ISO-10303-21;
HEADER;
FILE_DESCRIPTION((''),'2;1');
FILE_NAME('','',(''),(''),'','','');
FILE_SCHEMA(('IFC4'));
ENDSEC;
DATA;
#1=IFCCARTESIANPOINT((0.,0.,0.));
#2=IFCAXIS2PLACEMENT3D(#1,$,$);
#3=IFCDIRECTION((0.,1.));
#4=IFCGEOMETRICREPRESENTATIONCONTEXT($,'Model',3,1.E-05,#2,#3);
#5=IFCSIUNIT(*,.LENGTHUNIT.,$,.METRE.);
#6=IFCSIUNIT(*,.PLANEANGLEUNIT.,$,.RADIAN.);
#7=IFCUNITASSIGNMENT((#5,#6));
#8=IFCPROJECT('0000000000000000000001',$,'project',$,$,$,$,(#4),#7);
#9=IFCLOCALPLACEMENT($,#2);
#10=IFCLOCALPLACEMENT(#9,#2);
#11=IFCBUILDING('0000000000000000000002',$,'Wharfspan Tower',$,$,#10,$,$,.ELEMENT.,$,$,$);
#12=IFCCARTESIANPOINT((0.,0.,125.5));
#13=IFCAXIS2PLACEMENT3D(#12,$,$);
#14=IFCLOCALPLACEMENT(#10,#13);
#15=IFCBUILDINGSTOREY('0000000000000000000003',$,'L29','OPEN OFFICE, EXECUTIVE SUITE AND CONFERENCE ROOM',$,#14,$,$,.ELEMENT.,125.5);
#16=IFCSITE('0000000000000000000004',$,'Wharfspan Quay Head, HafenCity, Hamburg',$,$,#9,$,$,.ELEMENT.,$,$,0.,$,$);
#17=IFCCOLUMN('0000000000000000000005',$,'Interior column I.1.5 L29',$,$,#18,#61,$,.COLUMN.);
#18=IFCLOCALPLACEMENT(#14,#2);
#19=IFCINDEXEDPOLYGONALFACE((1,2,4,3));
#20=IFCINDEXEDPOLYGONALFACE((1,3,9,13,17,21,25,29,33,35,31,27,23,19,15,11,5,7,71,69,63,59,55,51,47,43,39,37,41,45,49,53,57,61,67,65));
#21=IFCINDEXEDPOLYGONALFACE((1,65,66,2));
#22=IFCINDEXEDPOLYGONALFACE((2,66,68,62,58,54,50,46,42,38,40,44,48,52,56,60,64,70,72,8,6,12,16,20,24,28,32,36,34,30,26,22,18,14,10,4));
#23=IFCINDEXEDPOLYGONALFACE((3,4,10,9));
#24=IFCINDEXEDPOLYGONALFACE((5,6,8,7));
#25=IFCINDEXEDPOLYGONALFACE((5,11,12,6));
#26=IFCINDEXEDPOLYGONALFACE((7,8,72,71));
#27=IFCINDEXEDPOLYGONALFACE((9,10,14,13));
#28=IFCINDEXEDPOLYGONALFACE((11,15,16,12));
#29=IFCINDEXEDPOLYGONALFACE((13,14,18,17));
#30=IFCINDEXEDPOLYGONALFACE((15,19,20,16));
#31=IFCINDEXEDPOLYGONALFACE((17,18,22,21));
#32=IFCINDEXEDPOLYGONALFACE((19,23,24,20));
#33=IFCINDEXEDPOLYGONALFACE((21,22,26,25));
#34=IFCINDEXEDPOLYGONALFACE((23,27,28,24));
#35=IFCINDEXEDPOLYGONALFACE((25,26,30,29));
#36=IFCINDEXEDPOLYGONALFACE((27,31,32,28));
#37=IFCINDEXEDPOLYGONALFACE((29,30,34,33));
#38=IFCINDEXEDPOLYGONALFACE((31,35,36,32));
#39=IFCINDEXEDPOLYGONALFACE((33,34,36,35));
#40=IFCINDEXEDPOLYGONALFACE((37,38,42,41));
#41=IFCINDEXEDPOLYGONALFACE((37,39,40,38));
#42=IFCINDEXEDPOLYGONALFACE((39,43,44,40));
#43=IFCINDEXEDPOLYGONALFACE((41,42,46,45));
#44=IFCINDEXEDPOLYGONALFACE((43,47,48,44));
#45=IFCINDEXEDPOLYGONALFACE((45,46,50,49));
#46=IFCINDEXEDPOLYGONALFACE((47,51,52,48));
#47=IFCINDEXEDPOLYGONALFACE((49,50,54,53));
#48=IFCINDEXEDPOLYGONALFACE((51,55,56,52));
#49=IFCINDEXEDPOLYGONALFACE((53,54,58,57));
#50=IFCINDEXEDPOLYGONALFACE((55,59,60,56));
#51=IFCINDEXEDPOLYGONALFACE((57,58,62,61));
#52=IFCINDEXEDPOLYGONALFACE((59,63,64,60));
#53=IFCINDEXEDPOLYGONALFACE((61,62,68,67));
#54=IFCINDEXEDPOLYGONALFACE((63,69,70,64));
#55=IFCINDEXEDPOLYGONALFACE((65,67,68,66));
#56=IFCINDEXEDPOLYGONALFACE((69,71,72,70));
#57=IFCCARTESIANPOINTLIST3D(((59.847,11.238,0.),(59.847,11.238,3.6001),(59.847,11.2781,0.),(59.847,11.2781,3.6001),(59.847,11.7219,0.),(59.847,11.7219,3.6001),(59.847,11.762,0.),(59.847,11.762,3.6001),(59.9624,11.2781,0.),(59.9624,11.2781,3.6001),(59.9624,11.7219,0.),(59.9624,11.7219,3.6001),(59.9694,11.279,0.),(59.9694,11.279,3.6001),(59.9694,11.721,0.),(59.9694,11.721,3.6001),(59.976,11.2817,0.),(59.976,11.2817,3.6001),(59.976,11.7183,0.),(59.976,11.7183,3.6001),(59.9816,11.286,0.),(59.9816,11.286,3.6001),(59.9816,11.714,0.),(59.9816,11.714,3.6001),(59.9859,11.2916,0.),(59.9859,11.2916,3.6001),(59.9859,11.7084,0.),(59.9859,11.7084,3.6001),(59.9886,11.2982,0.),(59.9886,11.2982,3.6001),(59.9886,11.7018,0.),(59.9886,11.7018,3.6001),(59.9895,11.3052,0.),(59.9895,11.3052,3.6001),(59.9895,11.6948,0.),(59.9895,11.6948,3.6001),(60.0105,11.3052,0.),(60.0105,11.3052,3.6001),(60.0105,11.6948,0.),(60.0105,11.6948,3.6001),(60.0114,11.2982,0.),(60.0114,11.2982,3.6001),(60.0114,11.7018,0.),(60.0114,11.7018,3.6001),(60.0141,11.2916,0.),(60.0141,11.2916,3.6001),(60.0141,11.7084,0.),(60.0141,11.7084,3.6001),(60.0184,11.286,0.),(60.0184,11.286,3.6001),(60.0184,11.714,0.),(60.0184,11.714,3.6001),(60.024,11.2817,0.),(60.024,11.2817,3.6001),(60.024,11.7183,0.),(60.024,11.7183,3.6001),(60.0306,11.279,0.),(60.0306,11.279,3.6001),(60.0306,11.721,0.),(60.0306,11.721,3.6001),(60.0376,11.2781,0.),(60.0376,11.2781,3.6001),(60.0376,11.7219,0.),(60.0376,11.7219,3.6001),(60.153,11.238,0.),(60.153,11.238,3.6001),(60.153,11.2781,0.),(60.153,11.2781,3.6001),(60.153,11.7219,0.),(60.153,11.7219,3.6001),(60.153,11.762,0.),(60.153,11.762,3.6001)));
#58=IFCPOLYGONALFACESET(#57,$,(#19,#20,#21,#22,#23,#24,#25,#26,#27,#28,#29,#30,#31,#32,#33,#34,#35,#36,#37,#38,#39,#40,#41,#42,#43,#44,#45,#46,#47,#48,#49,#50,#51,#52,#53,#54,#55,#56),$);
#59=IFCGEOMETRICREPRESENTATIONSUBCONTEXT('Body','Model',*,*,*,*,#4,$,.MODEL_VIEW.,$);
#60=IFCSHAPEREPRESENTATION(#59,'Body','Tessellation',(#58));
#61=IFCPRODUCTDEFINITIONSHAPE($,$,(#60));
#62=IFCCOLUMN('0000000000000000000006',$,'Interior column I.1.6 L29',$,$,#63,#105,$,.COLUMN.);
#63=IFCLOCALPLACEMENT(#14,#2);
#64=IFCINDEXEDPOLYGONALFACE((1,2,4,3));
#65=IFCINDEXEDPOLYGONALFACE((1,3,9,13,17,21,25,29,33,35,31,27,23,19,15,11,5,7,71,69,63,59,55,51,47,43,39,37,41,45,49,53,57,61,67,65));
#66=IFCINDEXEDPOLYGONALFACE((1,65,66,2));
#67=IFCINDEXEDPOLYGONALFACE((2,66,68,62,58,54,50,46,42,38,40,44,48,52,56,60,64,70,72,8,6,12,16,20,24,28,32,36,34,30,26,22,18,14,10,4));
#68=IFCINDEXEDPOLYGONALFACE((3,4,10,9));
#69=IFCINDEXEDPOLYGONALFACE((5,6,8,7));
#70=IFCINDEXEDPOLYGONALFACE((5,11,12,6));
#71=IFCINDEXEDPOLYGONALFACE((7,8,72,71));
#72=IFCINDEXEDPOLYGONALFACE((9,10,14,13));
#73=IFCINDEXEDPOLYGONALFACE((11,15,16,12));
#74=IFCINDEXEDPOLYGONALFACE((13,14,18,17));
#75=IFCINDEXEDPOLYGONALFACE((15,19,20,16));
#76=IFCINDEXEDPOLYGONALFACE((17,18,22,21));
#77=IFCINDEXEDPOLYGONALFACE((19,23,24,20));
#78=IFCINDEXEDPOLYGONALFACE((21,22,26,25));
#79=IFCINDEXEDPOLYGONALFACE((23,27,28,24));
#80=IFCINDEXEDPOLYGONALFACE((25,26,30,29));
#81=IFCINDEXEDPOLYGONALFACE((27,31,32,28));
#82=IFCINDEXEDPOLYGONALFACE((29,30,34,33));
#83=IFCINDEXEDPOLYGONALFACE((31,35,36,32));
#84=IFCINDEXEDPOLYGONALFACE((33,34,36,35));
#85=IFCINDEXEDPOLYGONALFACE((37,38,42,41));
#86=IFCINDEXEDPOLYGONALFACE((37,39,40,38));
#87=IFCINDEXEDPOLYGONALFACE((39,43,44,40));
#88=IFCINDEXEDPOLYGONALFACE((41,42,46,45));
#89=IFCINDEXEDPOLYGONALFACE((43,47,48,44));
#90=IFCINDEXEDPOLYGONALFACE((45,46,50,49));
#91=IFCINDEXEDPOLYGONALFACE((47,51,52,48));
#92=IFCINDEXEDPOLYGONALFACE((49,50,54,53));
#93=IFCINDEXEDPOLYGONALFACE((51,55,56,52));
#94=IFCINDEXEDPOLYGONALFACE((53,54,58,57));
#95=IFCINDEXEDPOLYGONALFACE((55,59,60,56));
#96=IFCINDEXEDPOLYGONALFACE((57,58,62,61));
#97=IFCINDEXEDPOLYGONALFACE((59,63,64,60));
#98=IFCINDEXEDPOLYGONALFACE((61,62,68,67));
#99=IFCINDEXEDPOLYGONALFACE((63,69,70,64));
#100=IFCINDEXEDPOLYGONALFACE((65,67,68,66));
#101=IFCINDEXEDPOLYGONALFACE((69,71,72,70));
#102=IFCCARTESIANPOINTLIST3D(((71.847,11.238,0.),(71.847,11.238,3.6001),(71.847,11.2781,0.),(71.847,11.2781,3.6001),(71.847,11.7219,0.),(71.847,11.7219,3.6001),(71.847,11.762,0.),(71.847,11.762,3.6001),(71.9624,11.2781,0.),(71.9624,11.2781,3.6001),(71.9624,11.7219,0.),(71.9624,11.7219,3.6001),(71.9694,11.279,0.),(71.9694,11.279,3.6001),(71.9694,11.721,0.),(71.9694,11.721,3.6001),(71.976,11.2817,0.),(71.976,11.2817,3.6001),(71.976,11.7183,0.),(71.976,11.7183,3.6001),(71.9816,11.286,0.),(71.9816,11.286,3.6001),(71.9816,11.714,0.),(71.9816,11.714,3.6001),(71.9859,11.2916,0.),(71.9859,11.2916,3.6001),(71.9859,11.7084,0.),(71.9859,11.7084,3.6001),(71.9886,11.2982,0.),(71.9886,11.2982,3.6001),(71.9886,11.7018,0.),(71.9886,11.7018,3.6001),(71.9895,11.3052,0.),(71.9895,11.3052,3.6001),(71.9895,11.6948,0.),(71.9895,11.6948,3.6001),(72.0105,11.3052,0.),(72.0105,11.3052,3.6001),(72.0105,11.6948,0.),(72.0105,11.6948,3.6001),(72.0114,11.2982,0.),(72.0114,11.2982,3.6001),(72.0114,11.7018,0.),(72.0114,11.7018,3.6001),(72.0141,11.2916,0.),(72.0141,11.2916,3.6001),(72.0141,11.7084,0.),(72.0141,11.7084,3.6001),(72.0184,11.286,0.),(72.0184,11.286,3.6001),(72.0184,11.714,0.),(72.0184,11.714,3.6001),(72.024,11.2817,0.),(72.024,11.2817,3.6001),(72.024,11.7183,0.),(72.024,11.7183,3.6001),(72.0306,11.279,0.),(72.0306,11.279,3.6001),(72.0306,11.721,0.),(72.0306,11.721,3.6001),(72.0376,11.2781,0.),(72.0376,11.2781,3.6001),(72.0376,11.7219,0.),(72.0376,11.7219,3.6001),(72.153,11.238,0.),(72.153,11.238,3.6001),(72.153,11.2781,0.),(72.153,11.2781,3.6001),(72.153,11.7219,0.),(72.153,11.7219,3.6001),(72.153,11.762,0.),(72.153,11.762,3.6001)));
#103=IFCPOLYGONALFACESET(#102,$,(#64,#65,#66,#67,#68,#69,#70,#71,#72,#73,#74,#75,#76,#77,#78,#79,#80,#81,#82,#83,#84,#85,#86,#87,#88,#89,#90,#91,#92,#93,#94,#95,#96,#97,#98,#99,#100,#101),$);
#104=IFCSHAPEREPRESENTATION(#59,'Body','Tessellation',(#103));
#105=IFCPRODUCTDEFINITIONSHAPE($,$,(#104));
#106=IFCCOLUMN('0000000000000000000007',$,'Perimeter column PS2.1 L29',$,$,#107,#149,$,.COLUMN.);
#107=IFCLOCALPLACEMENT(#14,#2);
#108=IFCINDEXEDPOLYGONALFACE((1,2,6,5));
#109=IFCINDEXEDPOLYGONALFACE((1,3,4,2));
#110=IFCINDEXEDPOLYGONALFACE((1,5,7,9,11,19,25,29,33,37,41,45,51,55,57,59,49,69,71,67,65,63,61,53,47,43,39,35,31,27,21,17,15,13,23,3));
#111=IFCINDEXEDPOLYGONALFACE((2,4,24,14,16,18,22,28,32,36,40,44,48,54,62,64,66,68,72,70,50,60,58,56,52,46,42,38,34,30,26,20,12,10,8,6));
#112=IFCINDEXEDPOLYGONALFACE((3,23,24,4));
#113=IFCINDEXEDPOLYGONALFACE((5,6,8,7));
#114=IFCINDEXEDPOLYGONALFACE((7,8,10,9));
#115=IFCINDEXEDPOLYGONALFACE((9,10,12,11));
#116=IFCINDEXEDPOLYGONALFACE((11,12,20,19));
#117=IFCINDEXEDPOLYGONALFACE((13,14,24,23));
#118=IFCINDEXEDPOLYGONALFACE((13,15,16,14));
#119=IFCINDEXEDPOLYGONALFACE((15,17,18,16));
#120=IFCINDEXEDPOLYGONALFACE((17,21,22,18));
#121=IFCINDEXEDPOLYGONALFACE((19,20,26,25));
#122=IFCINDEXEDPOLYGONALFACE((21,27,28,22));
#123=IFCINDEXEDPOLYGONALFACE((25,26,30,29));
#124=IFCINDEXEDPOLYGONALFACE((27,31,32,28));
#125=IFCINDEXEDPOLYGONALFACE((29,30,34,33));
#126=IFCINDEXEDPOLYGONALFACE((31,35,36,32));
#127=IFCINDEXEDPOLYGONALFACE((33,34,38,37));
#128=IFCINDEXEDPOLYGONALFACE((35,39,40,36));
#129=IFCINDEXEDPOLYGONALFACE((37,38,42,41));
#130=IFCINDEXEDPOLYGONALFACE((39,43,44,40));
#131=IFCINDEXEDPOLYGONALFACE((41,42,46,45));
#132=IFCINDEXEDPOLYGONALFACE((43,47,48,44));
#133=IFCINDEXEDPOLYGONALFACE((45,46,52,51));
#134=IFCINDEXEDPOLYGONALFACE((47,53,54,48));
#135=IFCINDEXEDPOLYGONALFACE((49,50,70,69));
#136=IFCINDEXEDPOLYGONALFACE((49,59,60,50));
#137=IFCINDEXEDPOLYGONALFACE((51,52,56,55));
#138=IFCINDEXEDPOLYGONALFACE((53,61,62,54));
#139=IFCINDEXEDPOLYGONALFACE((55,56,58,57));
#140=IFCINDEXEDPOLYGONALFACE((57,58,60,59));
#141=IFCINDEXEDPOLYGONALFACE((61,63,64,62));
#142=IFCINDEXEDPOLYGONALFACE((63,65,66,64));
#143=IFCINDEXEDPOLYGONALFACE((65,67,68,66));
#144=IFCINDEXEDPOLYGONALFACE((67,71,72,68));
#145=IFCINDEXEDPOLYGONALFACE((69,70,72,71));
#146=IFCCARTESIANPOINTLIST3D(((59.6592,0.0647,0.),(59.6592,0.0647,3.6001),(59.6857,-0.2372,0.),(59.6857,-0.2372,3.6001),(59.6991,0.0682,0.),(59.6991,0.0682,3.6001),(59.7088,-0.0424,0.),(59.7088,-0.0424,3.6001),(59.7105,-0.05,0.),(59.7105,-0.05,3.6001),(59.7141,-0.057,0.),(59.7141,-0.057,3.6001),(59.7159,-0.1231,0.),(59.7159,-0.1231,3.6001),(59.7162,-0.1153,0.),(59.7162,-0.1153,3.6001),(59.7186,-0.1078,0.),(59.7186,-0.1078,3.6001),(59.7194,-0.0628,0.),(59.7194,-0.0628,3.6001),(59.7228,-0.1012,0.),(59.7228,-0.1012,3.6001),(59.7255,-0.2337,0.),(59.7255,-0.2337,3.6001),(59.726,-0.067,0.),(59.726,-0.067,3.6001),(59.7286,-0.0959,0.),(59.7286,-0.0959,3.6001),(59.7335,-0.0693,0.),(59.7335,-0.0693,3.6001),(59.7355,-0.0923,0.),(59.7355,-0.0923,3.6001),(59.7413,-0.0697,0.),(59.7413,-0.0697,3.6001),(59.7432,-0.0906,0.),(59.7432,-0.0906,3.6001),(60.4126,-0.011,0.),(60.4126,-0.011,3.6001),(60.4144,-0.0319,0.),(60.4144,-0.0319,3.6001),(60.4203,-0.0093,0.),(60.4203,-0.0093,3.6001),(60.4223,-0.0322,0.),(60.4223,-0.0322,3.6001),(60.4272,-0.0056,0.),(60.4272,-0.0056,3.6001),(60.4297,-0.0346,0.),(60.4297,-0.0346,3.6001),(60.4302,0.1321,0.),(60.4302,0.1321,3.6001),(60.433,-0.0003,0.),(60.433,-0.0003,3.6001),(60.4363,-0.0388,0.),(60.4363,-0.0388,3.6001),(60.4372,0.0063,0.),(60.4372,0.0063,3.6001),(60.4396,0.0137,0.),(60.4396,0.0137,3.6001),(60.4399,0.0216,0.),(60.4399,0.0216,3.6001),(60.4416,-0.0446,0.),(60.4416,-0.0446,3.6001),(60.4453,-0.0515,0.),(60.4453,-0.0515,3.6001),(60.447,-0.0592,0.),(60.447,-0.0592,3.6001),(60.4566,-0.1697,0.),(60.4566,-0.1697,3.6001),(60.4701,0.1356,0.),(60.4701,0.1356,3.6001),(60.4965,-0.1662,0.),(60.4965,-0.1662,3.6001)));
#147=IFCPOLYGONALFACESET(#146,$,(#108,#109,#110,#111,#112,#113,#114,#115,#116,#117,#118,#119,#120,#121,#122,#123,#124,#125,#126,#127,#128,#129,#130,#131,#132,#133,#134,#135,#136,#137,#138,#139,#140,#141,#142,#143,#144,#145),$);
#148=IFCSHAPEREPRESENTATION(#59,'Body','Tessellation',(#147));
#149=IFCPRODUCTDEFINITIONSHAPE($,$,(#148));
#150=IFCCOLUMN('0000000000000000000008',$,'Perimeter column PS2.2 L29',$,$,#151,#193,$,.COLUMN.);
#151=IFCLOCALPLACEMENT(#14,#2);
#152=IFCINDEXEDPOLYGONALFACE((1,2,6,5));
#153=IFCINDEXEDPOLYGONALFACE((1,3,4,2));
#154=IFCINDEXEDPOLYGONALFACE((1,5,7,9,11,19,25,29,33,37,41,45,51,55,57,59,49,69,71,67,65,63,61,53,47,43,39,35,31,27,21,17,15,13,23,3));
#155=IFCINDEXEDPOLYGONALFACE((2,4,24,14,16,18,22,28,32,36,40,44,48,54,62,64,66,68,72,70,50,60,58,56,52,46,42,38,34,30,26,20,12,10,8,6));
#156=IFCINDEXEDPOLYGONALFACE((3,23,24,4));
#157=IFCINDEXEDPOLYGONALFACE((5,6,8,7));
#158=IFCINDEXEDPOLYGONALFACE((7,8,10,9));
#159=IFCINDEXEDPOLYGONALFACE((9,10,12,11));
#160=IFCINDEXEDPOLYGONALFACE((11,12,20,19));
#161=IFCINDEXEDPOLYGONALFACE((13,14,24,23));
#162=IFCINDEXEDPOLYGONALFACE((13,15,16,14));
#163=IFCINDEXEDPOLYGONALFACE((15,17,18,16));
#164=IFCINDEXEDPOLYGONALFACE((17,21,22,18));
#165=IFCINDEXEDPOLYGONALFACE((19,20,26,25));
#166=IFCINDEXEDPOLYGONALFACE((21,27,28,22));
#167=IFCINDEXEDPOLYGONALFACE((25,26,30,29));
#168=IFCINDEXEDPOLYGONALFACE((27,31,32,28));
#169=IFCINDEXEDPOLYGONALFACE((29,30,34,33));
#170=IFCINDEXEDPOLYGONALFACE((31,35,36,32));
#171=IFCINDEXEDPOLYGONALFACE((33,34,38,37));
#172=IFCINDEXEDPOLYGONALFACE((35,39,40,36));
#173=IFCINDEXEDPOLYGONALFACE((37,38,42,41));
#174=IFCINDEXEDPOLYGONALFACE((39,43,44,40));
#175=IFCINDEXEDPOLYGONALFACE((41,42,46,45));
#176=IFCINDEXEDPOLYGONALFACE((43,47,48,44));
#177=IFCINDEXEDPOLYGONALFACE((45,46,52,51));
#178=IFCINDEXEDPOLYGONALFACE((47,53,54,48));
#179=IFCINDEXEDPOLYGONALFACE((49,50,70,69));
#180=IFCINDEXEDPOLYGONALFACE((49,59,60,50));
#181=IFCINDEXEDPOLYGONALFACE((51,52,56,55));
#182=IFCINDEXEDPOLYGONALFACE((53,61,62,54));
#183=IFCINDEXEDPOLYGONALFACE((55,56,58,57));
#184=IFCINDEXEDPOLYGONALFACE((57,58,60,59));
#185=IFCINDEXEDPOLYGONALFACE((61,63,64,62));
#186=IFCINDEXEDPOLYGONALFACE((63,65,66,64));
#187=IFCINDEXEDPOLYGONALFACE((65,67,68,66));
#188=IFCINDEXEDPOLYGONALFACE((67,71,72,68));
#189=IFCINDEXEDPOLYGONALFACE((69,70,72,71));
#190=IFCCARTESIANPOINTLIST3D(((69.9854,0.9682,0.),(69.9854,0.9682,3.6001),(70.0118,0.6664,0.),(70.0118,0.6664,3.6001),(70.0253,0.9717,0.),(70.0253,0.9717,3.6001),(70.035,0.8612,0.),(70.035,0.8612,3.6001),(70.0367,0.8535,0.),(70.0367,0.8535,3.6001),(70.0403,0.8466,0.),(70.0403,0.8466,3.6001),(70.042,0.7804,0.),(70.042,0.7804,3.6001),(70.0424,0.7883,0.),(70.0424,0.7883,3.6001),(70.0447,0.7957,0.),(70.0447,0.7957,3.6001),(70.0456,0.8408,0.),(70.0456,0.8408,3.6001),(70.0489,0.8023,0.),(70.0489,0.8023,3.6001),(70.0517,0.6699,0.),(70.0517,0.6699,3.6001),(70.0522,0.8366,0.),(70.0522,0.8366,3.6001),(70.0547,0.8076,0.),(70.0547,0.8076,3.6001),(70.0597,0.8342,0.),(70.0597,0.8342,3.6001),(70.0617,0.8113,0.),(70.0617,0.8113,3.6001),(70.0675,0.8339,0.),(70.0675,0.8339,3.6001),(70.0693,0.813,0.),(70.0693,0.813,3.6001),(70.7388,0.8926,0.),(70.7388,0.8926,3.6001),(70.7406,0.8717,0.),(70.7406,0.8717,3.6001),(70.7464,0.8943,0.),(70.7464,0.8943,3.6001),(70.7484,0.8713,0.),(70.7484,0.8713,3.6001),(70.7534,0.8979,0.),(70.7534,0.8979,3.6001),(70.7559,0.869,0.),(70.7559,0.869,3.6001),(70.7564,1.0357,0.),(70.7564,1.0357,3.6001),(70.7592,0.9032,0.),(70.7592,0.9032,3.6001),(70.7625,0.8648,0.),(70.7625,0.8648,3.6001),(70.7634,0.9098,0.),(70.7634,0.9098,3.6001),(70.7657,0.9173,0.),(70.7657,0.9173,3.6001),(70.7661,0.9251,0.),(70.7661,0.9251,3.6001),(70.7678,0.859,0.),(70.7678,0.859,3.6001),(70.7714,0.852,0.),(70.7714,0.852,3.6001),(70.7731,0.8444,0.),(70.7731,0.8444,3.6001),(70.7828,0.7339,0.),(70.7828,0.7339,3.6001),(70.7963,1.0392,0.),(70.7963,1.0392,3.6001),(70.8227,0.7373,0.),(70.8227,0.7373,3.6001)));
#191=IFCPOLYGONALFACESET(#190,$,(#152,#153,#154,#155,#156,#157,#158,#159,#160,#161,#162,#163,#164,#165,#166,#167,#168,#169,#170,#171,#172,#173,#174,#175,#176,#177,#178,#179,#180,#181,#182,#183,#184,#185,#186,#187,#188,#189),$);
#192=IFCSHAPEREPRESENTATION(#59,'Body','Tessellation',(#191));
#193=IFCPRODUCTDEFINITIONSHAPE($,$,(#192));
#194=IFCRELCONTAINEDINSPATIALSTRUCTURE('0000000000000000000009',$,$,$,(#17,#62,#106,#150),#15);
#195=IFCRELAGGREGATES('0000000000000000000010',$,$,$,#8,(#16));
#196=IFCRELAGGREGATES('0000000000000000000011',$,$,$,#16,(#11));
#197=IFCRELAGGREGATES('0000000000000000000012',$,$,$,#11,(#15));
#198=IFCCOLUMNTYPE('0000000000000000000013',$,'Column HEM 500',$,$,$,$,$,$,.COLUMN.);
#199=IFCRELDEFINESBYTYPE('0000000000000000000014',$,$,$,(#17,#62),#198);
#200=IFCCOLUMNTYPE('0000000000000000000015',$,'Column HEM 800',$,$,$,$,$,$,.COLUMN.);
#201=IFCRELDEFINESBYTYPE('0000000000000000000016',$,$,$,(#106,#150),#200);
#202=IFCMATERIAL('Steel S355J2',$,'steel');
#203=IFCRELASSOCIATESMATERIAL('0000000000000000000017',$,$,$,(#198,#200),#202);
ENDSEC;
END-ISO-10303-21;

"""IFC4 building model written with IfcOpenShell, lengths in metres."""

from ifc_helpers import new_model, si_unit, direction, frame, origin, origin_2d, place, context, subcontext, project, spatial, i_section, extrude, material, material_profile, profile_set, type_object, element, save


model = new_model("IFC4")

# Units and contexts
model_context = context("Model", 3, precision=1e-05, world=origin(), true_north=direction((0.0, 1.0)))
body_context = subcontext(model_context, "Body", "Model", "MODEL_VIEW")
ifc_project = project(units=[si_unit("LENGTHUNIT", "METRE"), si_unit("PLANEANGLEUNIT", "RADIAN")], contexts=[model_context])

# Site, building, storey
site_placement = place(None, origin())
site = spatial("IfcSite", under=ifc_project, at=site_placement, Name="Wharfspan Quay Head, HafenCity, Hamburg", CompositionType="ELEMENT", RefElevation=0.0)
building_placement = place(site_placement, origin())
building = spatial("IfcBuilding", under=site, at=building_placement, Name="Wharfspan Tower", CompositionType="ELEMENT")
storey_placement = place(building_placement, frame((0.0, 0.0, 125.5)))
storey = spatial("IfcBuildingStorey", under=building, at=storey_placement, Name="L29", Description="OPEN OFFICE, EXECUTIVE SUITE AND CONFERENCE ROOM", CompositionType="ELEMENT", Elevation=125.5)

# Columns
ifc_material_1 = material(Name="Steel S355J2", Category="steel")
ifc_material_profile_1 = material_profile(ifc_material_1, i_section(OverallWidth=0.3059, OverallDepth=0.5239, WebThickness=0.021, FlangeThickness=0.04, FilletRadius=0.0271, at=origin_2d()))
ifc_profile_set_1 = profile_set([ifc_material_profile_1], Name="Steel S355J2")
column_type_1 = type_object("IfcColumnType", Name="Column HEM 500", PredefinedType="COLUMN", material=ifc_profile_set_1)
for number, where, z_axis, x_axis, name in (
    (1, (60.0, 11.5, 0.0), (0.0, 0.0, 1.0), (1.0, 0.0, 0.0), "Interior column I.1.5 L29"),
    (2, (72.0, 11.5, 0.0), (0.0, 0.0, 1.0), (1.0, 0.0, 0.0), "Interior column I.1.6 L29"),
):
    element("IfcColumn", number, at=place(storey_placement, frame(where, z_axis=z_axis, x_axis=x_axis)), inside=storey, type_object=column_type_1, Name=name, PredefinedType="COLUMN", context=body_context, shape_type="SweptSolid", body=[
        extrude(i_section(OverallWidth=0.3059, OverallDepth=0.5239, WebThickness=0.021, FlangeThickness=0.04, FilletRadius=0.0271, at=origin_2d()), origin(), (0.0, 0.0, 1.0), 3.6001),
    ])
ifc_material_profile_2 = material_profile(ifc_material_1, i_section(OverallWidth=0.303, OverallDepth=0.814, WebThickness=0.021, FlangeThickness=0.04, FilletRadius=0.03, at=origin_2d()))
ifc_profile_set_2 = profile_set([ifc_material_profile_2], Name="Steel S355J2")
column_type_2 = type_object("IfcColumnType", Name="Column HEM 800", PredefinedType="COLUMN", material=ifc_profile_set_2)
for number, where, z_axis, x_axis, name in (
    (3, (60.0779, -0.0508, 0.0), (0.0, 0.0, 1.0), (0.087156, -0.996198, 0.0), "Perimeter column PS2.1 L29"),
    (4, (70.4041, 0.8528, 0.0), (0.0, 0.0, 1.0), (0.087156, -0.996198, 0.0), "Perimeter column PS2.2 L29"),
):
    element("IfcColumn", number, at=place(storey_placement, frame(where, z_axis=z_axis, x_axis=x_axis)), inside=storey, type_object=column_type_2, Name=name, PredefinedType="COLUMN", context=body_context, shape_type="SweptSolid", body=[
        extrude(i_section(OverallWidth=0.303, OverallDepth=0.814, WebThickness=0.021, FlangeThickness=0.04, FilletRadius=0.03, at=origin_2d()), origin(), (0.0, 0.0, 1.0), 3.6001),
    ])

save(model, "model.ifc")
